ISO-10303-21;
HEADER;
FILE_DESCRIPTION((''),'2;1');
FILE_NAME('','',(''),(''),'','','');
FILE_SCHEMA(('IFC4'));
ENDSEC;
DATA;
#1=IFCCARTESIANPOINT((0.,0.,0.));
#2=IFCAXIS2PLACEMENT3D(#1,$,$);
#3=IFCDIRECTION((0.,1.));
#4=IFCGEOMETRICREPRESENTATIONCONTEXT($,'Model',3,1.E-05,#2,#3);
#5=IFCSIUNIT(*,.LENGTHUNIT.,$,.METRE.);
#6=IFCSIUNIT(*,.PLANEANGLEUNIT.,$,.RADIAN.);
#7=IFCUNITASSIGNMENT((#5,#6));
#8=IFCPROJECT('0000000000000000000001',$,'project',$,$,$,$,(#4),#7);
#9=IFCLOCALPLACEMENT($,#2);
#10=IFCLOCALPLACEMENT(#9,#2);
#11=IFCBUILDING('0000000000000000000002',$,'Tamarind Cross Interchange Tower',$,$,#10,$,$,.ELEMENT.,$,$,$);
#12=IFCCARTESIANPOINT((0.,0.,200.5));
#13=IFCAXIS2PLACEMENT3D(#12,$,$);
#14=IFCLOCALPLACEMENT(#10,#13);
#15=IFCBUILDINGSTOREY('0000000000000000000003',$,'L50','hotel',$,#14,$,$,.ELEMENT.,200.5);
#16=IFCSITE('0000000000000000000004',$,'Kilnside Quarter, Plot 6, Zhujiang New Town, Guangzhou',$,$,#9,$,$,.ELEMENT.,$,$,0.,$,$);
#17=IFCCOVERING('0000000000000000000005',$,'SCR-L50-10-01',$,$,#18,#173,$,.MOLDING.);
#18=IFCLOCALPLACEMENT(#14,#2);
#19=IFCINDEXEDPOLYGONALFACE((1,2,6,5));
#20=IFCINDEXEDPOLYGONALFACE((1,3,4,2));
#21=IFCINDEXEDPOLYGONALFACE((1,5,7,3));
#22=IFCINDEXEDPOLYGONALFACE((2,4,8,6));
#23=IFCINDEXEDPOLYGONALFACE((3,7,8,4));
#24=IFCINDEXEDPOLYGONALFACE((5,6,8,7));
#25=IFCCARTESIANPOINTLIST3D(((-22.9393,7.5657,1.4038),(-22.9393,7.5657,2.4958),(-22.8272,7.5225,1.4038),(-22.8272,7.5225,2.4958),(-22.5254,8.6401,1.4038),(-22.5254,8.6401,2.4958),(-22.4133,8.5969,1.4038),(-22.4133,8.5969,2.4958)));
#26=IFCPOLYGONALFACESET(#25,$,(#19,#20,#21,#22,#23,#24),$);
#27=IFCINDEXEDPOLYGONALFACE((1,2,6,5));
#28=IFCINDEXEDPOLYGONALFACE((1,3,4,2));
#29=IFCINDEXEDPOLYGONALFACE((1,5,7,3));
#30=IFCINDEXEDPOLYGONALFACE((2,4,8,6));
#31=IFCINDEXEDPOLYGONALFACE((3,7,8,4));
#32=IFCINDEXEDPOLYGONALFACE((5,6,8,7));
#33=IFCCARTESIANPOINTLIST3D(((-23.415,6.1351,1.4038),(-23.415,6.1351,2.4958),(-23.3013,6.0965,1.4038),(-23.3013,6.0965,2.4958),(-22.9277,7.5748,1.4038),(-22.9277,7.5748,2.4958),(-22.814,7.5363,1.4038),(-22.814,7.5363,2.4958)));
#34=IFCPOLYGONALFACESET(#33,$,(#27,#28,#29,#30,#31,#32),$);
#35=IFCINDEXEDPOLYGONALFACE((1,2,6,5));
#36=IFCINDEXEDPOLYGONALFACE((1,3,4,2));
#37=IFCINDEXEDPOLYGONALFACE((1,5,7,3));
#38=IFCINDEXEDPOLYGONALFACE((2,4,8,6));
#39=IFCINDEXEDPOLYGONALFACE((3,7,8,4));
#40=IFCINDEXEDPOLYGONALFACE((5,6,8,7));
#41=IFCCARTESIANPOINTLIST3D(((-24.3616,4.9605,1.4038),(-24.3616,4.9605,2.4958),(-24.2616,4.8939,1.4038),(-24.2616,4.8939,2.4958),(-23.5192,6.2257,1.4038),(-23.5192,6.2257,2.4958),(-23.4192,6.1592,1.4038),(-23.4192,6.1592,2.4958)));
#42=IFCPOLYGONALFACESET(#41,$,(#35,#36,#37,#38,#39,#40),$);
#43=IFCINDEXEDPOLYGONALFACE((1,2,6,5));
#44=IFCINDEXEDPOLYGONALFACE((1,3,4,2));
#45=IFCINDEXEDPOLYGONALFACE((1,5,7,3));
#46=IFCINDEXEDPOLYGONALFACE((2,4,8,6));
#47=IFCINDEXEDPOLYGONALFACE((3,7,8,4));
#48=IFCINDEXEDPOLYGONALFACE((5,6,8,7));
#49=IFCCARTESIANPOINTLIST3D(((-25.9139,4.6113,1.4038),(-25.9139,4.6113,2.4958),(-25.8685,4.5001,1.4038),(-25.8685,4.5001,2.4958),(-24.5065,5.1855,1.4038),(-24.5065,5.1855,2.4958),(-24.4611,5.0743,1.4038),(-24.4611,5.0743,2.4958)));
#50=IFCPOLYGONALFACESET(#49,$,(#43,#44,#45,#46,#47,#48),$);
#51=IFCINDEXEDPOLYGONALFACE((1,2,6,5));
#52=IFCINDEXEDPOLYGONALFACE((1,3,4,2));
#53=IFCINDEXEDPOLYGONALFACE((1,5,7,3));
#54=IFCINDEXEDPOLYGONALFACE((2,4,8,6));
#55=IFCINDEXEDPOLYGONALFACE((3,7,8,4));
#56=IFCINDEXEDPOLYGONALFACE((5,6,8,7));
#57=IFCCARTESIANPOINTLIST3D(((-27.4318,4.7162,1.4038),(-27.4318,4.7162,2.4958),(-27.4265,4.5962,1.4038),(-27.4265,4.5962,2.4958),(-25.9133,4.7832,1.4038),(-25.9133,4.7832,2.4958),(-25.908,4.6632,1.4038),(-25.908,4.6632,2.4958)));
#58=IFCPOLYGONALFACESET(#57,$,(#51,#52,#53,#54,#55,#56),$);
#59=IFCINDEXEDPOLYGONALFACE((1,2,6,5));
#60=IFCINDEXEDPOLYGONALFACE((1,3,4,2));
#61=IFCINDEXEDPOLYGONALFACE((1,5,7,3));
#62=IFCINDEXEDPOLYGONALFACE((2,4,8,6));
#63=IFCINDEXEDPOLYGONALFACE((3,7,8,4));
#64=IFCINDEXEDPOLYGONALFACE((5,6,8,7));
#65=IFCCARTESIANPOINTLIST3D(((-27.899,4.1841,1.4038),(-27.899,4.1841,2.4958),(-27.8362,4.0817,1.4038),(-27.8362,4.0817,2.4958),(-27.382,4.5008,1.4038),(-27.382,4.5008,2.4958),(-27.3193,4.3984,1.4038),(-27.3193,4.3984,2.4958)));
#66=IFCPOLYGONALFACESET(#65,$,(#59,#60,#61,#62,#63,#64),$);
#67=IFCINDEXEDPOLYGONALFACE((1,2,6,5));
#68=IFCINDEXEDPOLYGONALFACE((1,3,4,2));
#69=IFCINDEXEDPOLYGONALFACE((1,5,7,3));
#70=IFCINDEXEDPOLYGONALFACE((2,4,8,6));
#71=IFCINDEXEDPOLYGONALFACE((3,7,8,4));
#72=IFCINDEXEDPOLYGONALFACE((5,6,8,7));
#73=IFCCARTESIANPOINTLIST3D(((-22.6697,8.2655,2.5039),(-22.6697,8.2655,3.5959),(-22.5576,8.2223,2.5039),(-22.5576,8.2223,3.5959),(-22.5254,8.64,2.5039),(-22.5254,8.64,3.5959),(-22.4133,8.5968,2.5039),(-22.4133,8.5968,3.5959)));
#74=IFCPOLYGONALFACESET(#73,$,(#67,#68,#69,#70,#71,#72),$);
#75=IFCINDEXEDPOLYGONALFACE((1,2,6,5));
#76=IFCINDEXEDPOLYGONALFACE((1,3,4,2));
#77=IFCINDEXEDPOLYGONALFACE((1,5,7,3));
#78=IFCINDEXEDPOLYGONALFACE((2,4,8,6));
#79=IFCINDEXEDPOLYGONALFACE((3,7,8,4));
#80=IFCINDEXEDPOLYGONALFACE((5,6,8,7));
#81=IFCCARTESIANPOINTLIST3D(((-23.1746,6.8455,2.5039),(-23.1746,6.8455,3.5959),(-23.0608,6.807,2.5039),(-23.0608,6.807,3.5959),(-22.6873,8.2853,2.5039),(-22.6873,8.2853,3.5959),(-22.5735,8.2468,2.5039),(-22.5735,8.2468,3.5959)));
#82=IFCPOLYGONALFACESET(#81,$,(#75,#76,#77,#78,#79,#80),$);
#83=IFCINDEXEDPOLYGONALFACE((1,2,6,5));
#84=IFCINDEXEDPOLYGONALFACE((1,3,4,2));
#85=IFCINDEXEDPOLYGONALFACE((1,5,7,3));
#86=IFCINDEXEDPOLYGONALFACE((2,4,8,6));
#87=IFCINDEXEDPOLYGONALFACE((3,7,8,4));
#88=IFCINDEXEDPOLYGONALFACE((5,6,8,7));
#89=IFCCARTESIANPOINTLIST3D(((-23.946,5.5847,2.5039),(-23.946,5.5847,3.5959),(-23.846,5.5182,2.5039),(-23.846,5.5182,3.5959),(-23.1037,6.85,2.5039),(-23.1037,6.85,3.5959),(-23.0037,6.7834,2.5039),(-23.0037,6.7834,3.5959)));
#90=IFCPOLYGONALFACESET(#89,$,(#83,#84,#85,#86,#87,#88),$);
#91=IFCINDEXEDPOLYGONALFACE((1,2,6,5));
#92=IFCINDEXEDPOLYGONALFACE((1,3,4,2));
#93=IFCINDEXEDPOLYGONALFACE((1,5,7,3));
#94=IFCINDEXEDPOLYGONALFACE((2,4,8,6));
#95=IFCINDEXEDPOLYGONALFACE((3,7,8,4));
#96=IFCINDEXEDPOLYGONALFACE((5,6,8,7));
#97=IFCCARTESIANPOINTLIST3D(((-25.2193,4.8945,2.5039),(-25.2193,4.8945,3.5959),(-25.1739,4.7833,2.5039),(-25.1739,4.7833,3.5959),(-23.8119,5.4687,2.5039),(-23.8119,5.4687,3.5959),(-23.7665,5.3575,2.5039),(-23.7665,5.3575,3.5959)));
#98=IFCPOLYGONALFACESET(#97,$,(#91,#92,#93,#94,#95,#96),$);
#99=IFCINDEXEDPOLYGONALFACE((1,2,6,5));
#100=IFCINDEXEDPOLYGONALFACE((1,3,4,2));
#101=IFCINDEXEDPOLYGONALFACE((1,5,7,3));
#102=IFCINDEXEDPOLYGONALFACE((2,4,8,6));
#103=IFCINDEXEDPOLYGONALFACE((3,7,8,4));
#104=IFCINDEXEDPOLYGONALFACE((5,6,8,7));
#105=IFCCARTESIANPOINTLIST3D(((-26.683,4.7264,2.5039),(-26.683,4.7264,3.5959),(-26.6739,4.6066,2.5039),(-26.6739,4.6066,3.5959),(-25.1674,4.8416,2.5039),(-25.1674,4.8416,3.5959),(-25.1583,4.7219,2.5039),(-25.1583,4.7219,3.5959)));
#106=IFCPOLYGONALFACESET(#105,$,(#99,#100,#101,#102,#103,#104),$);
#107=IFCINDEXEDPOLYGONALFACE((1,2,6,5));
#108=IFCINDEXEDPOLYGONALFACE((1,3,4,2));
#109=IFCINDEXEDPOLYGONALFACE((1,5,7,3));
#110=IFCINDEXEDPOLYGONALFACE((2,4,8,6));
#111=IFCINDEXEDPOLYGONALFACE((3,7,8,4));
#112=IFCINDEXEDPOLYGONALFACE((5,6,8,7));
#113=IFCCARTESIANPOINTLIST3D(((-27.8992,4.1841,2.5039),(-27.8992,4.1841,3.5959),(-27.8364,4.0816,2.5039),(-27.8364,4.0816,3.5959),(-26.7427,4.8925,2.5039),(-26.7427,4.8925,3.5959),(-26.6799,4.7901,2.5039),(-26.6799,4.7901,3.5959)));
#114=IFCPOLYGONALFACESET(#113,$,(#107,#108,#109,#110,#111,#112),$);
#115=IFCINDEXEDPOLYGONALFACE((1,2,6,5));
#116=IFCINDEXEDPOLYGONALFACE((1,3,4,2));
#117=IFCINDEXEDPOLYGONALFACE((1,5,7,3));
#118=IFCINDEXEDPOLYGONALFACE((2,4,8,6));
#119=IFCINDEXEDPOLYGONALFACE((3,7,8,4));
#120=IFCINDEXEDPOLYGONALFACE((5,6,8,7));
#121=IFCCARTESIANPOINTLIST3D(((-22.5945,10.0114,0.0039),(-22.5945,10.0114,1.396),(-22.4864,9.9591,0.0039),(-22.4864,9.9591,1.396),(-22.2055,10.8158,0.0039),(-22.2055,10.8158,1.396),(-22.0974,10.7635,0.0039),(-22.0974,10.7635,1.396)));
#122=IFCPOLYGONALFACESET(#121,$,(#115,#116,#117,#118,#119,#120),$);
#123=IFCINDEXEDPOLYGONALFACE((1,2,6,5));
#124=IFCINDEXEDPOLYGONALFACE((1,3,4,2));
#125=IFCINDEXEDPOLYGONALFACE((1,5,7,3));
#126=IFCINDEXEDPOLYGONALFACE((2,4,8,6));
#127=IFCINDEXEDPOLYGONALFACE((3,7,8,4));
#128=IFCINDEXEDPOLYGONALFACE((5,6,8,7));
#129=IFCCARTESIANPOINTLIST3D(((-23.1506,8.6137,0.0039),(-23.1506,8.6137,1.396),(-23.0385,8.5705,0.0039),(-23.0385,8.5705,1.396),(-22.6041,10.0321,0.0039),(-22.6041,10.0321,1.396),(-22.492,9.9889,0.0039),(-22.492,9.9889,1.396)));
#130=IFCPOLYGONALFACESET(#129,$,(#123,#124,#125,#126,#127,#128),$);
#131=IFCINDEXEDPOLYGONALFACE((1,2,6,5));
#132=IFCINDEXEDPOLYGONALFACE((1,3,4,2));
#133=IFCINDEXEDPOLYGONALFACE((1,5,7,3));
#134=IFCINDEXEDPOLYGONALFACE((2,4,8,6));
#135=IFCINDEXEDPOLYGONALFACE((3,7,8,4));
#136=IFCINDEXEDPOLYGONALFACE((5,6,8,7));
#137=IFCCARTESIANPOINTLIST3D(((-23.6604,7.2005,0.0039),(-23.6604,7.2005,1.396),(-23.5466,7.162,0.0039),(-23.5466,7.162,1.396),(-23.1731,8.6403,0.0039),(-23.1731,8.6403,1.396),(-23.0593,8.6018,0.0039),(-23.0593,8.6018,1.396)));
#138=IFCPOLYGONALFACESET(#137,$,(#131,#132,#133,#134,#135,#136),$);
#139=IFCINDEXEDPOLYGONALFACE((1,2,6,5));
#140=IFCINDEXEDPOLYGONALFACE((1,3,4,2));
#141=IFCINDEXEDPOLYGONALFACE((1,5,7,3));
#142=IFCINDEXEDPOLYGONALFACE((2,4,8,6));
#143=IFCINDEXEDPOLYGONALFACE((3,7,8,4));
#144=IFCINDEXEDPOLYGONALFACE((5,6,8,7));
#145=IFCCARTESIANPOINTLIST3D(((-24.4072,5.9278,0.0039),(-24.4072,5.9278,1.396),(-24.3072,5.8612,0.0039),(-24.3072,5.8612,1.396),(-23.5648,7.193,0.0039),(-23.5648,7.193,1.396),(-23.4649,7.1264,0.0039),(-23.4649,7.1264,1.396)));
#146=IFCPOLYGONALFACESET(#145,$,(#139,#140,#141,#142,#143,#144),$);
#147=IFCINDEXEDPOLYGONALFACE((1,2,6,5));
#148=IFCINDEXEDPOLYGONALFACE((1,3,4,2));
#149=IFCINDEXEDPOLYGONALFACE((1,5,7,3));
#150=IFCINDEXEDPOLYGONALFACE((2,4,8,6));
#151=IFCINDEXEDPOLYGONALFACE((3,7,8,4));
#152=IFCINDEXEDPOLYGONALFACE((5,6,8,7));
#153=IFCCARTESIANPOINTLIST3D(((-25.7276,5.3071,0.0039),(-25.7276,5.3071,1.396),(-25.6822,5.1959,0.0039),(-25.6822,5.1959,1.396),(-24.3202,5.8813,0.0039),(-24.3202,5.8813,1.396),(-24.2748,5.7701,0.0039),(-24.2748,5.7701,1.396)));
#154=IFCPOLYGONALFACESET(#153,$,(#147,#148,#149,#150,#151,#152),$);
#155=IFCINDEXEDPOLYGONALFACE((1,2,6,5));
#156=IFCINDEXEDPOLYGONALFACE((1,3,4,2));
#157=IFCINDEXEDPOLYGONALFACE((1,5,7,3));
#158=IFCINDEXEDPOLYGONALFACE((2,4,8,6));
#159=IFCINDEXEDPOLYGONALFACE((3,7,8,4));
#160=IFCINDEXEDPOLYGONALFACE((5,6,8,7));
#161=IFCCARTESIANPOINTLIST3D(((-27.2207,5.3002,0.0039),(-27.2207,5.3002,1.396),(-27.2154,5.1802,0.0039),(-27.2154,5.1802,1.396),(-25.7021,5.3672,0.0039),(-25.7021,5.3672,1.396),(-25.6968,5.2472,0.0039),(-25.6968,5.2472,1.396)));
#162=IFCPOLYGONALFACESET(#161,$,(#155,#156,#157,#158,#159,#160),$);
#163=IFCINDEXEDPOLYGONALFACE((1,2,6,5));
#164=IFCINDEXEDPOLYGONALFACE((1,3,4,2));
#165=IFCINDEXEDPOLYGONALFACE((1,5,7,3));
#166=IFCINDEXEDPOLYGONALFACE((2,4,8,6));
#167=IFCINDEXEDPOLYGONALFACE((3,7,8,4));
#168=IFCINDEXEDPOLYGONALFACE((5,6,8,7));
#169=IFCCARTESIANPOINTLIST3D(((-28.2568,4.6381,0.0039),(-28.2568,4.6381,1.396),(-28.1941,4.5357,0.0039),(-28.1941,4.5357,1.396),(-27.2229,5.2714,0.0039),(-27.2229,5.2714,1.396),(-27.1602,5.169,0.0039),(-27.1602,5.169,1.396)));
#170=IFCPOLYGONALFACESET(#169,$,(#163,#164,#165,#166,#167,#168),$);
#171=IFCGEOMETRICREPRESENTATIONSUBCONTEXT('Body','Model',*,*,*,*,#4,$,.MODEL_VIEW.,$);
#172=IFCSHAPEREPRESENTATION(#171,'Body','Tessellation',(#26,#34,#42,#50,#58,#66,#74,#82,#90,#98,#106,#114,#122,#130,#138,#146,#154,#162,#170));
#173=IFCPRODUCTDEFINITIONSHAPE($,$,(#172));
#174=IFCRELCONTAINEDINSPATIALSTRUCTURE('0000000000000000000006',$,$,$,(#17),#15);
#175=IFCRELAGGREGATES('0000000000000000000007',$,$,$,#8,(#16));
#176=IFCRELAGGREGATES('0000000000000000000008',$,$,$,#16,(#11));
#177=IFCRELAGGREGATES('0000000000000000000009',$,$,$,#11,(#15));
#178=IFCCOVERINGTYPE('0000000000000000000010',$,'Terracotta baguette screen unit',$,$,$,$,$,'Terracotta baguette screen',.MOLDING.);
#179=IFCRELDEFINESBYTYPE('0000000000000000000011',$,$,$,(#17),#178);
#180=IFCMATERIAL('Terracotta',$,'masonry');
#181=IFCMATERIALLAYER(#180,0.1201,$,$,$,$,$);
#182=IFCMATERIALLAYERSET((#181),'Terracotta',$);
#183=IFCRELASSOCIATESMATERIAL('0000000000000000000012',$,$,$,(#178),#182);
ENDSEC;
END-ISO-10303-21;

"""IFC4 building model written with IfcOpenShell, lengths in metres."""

from ifc_helpers import new_model, si_unit, direction, frame, origin, origin_2d, place, context, subcontext, project, spatial, rectangle, extrude, material, layer, layer_set, type_object, element, save


model = new_model("IFC4")

# Units and contexts
model_context = context("Model", 3, precision=1e-05, world=origin(), true_north=direction((0.0, 1.0)))
body_context = subcontext(model_context, "Body", "Model", "MODEL_VIEW")
ifc_project = project(units=[si_unit("LENGTHUNIT", "METRE"), si_unit("PLANEANGLEUNIT", "RADIAN")], contexts=[model_context])

# Site, building, storey
site_placement = place(None, origin())
site = spatial("IfcSite", under=ifc_project, at=site_placement, Name="Kilnside Quarter, Plot 6, Zhujiang New Town, Guangzhou", CompositionType="ELEMENT", RefElevation=0.0)
building_placement = place(site_placement, origin())
building = spatial("IfcBuilding", under=site, at=building_placement, Name="Tamarind Cross Interchange Tower", CompositionType="ELEMENT")
storey_placement = place(building_placement, frame((0.0, 0.0, 200.5)))
storey = spatial("IfcBuildingStorey", under=building, at=storey_placement, Name="L50", Description="hotel", CompositionType="ELEMENT", Elevation=200.5)

# Covering
ifc_material_1 = material(Name="Terracotta", Category="masonry")
ifc_layer_1 = layer(ifc_material_1, 0.1201)
ifc_layer_set_1 = layer_set([ifc_layer_1], Name="Terracotta")
covering_type = type_object("IfcCoveringType", Name="Terracotta baguette screen unit", ElementType="Terracotta baguette screen", PredefinedType="MOLDING", material=ifc_layer_set_1)
covering_1_placement = place(storey_placement, origin())
element("IfcCovering", 1, at=covering_1_placement, inside=storey, type_object=covering_type, Name="SCR-L50-10-01", PredefinedType="MOLDING", context=body_context, shape_type="SweptSolid", body=[
    extrude(rectangle(XDim=1.1514, YDim=0.1201, at=origin_2d()), frame((-22.6763, 8.0813, 1.4038), z_axis=(0.0, 0.0, 1.0), x_axis=(-0.359495, -0.933147, 0.0)), (0.0, 0.0, 1.0), 1.092),
    extrude(rectangle(XDim=1.52, YDim=0.1201, at=origin_2d()), frame((-23.1145, 6.8357, 1.4038), z_axis=(0.0, 0.0, 1.0), x_axis=(-0.320589, -0.947219, 0.0)), (0.0, 0.0, 1.0), 1.092),
    extrude(rectangle(XDim=1.52, YDim=0.1201, at=origin_2d()), frame((-23.8904, 5.5598, 1.4038), z_axis=(0.0, 0.0, 1.0), x_axis=(-0.554175, -0.8324, 0.0)), (0.0, 0.0, 1.0), 1.092),
    extrude(rectangle(XDim=1.52, YDim=0.1201, at=origin_2d()), frame((-25.1875, 4.8428, 1.4038), z_axis=(0.0, 0.0, 1.0), x_axis=(-0.925896, -0.377778, 0.0)), (0.0, 0.0, 1.0), 1.092),
    extrude(rectangle(XDim=1.52, YDim=0.1201, at=origin_2d()), frame((-26.6699, 4.6897, 1.4038), z_axis=(0.0, 0.0, 1.0), x_axis=(-0.999027, -0.044098, 0.0)), (0.0, 0.0, 1.0), 1.092),
    extrude(rectangle(XDim=0.6062, YDim=0.1201, at=origin_2d()), frame((-27.6091, 4.2913, 1.4038), z_axis=(0.0, 0.0, 1.0), x_axis=(-0.852732, -0.522349, 0.0)), (0.0, 0.0, 1.0), 1.092),
    extrude(rectangle(XDim=0.4014, YDim=0.1201, at=origin_2d()), frame((-22.5415, 8.4312, 2.5039), z_axis=(0.0, 0.0, 1.0), x_axis=(-0.359495, -0.933147, 0.0)), (0.0, 0.0, 1.0), 1.092),
    extrude(rectangle(XDim=1.52, YDim=0.1201, at=origin_2d()), frame((-22.874, 7.5461, 2.5039), z_axis=(0.0, 0.0, 1.0), x_axis=(-0.320589, -0.947219, 0.0)), (0.0, 0.0, 1.0), 1.092),
    extrude(rectangle(XDim=1.52, YDim=0.1201, at=origin_2d()), frame((-23.4749, 6.1841, 2.5039), z_axis=(0.0, 0.0, 1.0), x_axis=(-0.554175, -0.8324, 0.0)), (0.0, 0.0, 1.0), 1.092),
    extrude(rectangle(XDim=1.52, YDim=0.1201, at=origin_2d()), frame((-24.4929, 5.126, 2.5039), z_axis=(0.0, 0.0, 1.0), x_axis=(-0.925896, -0.377778, 0.0)), (0.0, 0.0, 1.0), 1.092),
    extrude(rectangle(XDim=1.52, YDim=0.1201, at=origin_2d()), frame((-25.9207, 4.7241, 2.5039), z_axis=(0.0, 0.0, 1.0), x_axis=(-0.99712, -0.075843, 0.0)), (0.0, 0.0, 1.0), 1.092),
    extrude(rectangle(XDim=1.3562, YDim=0.1201, at=origin_2d()), frame((-27.2896, 4.4871, 2.5039), z_axis=(0.0, 0.0, 1.0), x_axis=(-0.852732, -0.522349, 0.0)), (0.0, 0.0, 1.0), 1.092),
    extrude(rectangle(XDim=0.8936, YDim=0.1201, at=origin_2d()), frame((-22.3459, 10.3875, 0.0039), z_axis=(0.0, 0.0, 1.0), x_axis=(-0.435326, -0.900273, 0.0)), (0.0, 0.0, 1.0), 1.3921),
    extrude(rectangle(XDim=1.52, YDim=0.1201, at=origin_2d()), frame((-22.8213, 9.3013, 0.0039), z_axis=(0.0, 0.0, 1.0), x_axis=(-0.359495, -0.933147, 0.0)), (0.0, 0.0, 1.0), 1.3921),
    extrude(rectangle(XDim=1.52, YDim=0.1201, at=origin_2d()), frame((-23.3599, 7.9011, 0.0039), z_axis=(0.0, 0.0, 1.0), x_axis=(-0.320589, -0.947219, 0.0)), (0.0, 0.0, 1.0), 1.3921),
    extrude(rectangle(XDim=1.52, YDim=0.1201, at=origin_2d()), frame((-23.936, 6.5271, 0.0039), z_axis=(0.0, 0.0, 1.0), x_axis=(-0.554175, -0.8324, 0.0)), (0.0, 0.0, 1.0), 1.3921),
    extrude(rectangle(XDim=1.52, YDim=0.1201, at=origin_2d()), frame((-25.0012, 5.5386, 0.0039), z_axis=(0.0, 0.0, 1.0), x_axis=(-0.925896, -0.377778, 0.0)), (0.0, 0.0, 1.0), 1.3921),
    extrude(rectangle(XDim=1.52, YDim=0.1201, at=origin_2d()), frame((-26.4587, 5.2737, 0.0039), z_axis=(0.0, 0.0, 1.0), x_axis=(-0.999027, -0.044098, 0.0)), (0.0, 0.0, 1.0), 1.3921),
    extrude(rectangle(XDim=1.2124, YDim=0.1201, at=origin_2d()), frame((-27.7085, 4.9036, 0.0039), z_axis=(0.0, 0.0, 1.0), x_axis=(-0.852732, -0.522349, 0.0)), (0.0, 0.0, 1.0), 1.3921),
])

save(model, "model.ifc")
